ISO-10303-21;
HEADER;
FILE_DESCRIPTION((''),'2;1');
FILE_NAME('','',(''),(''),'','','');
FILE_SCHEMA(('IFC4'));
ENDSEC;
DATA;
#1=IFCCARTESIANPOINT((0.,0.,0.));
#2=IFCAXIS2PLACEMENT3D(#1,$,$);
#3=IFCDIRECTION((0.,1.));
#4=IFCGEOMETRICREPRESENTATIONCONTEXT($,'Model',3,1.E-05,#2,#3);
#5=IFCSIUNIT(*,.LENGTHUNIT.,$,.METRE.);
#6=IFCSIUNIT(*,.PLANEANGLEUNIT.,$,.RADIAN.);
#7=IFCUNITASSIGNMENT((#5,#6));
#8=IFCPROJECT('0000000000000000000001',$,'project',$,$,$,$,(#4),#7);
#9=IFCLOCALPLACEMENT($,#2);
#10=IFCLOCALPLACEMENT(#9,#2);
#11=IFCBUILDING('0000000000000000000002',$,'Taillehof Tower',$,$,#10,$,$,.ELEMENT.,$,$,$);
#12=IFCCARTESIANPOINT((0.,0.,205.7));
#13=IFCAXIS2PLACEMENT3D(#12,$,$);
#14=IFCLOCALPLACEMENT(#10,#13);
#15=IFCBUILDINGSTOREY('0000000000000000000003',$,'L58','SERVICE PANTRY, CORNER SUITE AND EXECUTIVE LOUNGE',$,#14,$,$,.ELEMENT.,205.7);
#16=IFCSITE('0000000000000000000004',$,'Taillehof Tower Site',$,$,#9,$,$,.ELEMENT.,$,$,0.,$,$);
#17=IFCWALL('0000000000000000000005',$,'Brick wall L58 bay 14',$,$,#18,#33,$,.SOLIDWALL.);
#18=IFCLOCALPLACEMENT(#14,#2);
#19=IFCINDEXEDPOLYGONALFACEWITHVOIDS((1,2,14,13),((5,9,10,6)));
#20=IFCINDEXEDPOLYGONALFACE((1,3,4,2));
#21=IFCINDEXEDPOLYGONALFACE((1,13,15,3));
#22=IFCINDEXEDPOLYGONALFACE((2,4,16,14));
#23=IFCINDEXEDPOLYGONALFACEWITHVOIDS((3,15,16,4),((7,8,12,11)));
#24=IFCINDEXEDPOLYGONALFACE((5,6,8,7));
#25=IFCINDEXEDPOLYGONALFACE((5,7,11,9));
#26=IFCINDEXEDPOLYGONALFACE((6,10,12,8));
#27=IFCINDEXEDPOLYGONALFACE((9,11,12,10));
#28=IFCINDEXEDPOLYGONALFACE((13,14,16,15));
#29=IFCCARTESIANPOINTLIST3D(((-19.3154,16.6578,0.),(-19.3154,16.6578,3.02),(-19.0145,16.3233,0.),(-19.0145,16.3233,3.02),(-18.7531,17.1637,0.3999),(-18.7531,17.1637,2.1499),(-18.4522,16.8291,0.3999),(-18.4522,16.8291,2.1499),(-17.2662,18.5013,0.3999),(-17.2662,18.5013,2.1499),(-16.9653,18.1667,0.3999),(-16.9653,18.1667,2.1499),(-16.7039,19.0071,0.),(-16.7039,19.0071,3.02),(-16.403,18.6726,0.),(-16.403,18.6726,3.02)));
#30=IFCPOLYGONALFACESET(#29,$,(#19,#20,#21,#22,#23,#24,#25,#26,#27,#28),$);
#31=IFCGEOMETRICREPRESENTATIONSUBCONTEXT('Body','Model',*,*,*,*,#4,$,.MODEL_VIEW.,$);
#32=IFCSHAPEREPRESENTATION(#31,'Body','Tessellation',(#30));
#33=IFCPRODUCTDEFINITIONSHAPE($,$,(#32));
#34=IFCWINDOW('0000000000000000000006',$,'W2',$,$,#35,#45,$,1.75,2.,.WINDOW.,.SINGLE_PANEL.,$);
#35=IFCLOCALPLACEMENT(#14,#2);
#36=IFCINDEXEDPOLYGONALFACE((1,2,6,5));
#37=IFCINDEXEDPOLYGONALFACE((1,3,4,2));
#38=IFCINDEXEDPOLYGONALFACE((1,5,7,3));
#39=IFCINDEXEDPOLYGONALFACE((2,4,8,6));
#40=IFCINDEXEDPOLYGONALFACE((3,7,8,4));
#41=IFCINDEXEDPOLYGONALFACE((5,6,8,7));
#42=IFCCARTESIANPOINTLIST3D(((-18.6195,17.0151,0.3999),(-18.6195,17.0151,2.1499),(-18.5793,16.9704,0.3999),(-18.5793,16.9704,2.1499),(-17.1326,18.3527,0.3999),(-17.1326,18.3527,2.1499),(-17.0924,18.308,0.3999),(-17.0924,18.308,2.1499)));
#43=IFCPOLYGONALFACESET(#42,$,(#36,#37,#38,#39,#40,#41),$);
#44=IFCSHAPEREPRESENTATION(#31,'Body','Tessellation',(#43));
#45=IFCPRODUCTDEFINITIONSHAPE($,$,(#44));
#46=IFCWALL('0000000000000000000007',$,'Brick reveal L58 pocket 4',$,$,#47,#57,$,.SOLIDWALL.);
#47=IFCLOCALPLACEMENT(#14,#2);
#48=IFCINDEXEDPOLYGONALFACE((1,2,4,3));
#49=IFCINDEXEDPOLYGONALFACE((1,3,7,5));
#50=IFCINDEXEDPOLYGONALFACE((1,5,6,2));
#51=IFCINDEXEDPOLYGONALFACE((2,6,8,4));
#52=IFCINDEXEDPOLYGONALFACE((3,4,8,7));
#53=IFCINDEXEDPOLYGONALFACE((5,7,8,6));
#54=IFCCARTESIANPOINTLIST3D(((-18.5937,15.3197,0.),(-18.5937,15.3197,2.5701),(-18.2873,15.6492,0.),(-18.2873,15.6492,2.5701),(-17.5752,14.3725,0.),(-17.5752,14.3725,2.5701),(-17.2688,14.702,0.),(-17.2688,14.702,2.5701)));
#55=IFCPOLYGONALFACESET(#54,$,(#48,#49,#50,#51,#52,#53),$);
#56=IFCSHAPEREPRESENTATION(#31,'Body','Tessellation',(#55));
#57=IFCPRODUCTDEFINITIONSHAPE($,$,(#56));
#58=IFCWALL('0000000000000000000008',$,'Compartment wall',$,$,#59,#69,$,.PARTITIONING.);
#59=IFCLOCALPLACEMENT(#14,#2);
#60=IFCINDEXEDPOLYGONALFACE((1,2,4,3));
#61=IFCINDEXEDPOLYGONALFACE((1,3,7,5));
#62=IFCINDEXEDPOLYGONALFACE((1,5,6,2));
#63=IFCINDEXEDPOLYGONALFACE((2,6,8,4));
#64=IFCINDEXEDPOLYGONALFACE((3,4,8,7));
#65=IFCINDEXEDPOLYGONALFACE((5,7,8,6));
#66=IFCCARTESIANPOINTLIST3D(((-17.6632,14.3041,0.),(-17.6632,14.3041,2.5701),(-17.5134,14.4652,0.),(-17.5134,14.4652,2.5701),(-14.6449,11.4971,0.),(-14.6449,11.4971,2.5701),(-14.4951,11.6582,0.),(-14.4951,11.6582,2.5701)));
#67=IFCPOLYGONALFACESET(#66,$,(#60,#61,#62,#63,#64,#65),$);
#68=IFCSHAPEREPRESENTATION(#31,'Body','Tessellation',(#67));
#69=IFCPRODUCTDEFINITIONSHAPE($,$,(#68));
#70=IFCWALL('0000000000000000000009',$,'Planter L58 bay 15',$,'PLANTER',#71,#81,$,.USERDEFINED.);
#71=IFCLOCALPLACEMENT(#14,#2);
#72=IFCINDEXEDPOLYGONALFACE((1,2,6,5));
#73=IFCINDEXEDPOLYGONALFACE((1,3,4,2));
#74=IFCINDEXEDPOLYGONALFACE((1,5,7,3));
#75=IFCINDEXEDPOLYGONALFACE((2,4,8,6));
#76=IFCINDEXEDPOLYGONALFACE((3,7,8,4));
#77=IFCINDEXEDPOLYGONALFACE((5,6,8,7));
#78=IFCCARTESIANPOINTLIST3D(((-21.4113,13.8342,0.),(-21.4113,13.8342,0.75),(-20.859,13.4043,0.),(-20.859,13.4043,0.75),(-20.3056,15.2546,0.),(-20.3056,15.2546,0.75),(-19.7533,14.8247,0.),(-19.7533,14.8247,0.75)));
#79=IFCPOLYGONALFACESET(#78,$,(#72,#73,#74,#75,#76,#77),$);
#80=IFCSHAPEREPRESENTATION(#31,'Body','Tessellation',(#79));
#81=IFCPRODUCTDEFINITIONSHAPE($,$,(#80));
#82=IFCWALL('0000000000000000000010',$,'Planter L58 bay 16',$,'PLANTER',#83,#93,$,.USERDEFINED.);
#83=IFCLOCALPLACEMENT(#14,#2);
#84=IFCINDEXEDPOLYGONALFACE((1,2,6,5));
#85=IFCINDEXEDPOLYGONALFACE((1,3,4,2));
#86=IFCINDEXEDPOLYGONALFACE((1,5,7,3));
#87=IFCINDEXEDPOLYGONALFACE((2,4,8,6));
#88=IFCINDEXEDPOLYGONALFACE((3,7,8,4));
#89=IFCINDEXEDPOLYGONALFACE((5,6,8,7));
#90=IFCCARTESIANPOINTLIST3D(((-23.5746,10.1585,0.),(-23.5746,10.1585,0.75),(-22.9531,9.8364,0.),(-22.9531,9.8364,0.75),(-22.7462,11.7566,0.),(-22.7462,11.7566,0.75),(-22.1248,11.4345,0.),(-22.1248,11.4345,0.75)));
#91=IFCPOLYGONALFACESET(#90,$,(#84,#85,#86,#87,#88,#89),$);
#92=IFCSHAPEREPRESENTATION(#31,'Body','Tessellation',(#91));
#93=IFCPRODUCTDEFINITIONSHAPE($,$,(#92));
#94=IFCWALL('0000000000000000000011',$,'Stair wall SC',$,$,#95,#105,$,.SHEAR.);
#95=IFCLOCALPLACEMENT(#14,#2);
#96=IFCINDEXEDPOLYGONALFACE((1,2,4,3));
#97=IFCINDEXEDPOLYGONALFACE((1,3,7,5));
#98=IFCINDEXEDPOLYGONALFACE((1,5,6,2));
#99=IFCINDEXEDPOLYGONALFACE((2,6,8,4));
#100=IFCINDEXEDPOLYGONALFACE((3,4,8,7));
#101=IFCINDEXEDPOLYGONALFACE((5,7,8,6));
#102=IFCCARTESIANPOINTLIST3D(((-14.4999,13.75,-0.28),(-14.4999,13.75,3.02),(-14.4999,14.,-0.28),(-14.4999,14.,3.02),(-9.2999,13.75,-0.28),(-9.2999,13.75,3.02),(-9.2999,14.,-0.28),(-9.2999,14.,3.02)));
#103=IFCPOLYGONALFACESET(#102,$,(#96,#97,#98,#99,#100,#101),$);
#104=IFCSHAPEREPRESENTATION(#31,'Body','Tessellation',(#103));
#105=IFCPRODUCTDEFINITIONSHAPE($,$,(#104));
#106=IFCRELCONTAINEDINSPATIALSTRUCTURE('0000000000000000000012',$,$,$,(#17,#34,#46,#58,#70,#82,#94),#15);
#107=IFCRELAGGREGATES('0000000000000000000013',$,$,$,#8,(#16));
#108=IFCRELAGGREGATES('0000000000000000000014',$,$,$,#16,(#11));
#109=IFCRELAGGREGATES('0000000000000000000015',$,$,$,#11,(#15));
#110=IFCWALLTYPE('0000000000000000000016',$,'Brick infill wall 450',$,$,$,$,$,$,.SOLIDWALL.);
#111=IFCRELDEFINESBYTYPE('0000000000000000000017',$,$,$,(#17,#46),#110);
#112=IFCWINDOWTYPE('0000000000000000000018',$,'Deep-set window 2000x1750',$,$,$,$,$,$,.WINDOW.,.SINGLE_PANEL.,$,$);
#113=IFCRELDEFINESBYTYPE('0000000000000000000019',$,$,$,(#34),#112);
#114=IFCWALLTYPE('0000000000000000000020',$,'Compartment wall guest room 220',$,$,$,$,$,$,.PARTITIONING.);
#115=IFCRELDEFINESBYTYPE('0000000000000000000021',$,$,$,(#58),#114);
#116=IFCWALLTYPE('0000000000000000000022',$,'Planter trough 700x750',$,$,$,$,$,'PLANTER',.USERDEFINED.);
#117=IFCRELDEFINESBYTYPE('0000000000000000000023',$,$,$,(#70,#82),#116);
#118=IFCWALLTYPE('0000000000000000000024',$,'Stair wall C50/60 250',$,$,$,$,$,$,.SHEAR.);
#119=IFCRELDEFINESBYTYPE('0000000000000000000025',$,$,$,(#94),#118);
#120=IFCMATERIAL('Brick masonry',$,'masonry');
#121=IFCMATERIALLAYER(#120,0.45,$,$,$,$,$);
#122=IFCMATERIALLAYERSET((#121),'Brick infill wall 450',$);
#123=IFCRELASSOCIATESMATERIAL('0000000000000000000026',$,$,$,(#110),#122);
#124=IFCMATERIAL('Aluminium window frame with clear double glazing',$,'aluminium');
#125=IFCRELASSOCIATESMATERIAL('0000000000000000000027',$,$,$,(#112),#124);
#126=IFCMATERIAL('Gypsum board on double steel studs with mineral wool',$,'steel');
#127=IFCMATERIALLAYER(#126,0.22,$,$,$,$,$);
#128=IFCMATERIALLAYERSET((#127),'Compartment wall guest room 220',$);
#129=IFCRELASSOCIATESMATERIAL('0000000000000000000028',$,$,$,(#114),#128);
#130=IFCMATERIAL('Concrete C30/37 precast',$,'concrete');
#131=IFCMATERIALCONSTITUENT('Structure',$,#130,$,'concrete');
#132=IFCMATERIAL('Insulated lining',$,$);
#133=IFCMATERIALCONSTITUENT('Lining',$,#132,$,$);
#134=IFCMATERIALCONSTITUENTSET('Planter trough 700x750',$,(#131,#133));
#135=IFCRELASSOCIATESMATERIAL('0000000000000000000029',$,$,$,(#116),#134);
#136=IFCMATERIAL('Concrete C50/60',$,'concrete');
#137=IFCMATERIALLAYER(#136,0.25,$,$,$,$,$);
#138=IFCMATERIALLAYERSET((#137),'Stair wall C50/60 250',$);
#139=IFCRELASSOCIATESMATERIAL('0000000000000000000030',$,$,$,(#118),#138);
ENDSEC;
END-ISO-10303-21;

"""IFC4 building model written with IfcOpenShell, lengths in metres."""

from ifc_helpers import new_model, si_unit, direction, frame, frame_2d, origin, place, context, subcontext, project, spatial, rectangle, extrude, material, layer, layer_set, constituent, constituent_set, type_object, element, fill, save


model = new_model("IFC4")

# Units and contexts
model_context = context("Model", 3, precision=1e-05, world=origin(), true_north=direction((0.0, 1.0)))
body_context = subcontext(model_context, "Body", "Model", "MODEL_VIEW")
ifc_project = project(units=[si_unit("LENGTHUNIT", "METRE"), si_unit("PLANEANGLEUNIT", "RADIAN")], contexts=[model_context])

# Site, building, storey
site_placement = place(None, origin())
site = spatial("IfcSite", under=ifc_project, at=site_placement, Name="Taillehof Tower Site", CompositionType="ELEMENT", RefElevation=0.0)
building_placement = place(site_placement, origin())
building = spatial("IfcBuilding", under=site, at=building_placement, Name="Taillehof Tower", CompositionType="ELEMENT")
storey_placement = place(building_placement, frame((0.0, 0.0, 205.7)))
storey = spatial("IfcBuildingStorey", under=building, at=storey_placement, Name="L58", Description="SERVICE PANTRY, CORNER SUITE AND EXECUTIVE LOUNGE", CompositionType="ELEMENT", Elevation=205.7)

# Wall, opening, window
ifc_material_1 = material(Name="Brick masonry", Category="masonry")
ifc_layer_1 = layer(ifc_material_1, 0.45)
ifc_layer_set_1 = layer_set([ifc_layer_1], Name="Brick infill wall 450")
wall_type_1 = type_object("IfcWallType", Name="Brick infill wall 450", PredefinedType="SOLIDWALL", material=ifc_layer_set_1)
ifc_material_2 = material(Name="Aluminium window frame with clear double glazing", Category="aluminium")
window_type_1 = type_object("IfcWindowType", Name="Deep-set window 2000x1750", PartitioningType="SINGLE_PANEL", PredefinedType="WINDOW", material=ifc_material_2)
wall_1_placement = place(storey_placement, frame((-16.5535, 18.8398, 0.0), z_axis=(0.0, 0.0, 1.0), x_axis=(-0.743443, -0.6688, 0.0)))
wall_1 = element("IfcWall", 1, at=wall_1_placement, inside=storey, type_object=wall_type_1, Name="Brick wall L58 bay 14", PredefinedType="SOLIDWALL", context=body_context, shape_type="SweptSolid", body=[
    extrude(rectangle(XDim=3.5127, YDim=0.45, at=frame_2d((1.7563, 0.0))), origin(), (0.0, 0.0, 1.0), 3.02),
])
opening_1_placement = place(wall_1_placement, frame((0.7563, 0.0, 0.3999)))
opening_1 = element("IfcOpeningElement", 2, at=opening_1_placement, cuts=wall_1, PredefinedType="OPENING", context=body_context, shape_type="SweptSolid", body=[
    extrude(rectangle(XDim=2.0, YDim=1.75, at=frame_2d((1.0, 0.875))), frame((0.0, 0.2349, 0.0), z_axis=(0.0, -1.0, 0.0), x_axis=(1.0, 0.0, 0.0)), (0.0, 0.0, 1.0), 0.47),
])
window_1_placement = place(opening_1_placement, origin())
window_1 = element("IfcWindow", 3, at=window_1_placement, inside=storey, type_object=window_type_1, Name="W2", OverallHeight=1.75, OverallWidth=2.0, PartitioningType="SINGLE_PANEL", PredefinedType="WINDOW", context=body_context, shape_type="SweptSolid", body=[
    extrude(rectangle(XDim=2.0, YDim=1.75, at=frame_2d((1.0, 0.875))), frame((0.0, 0.0349, 0.0), z_axis=(0.0, -1.0, 0.0), x_axis=(1.0, 0.0, 0.0)), (0.0, 0.0, 1.0), 0.0601),
])
fill(opening_1, window_1)

# Wall
wall_2_placement = place(storey_placement, frame((-18.4404, 15.4844, 0.0), z_axis=(0.0, 0.0, 1.0), x_axis=(0.732268, -0.681016, 0.0)))
element("IfcWall", 4, at=wall_2_placement, inside=storey, type_object=wall_type_1, Name="Brick reveal L58 pocket 4", PredefinedType="SOLIDWALL", context=body_context, shape_type="SweptSolid", body=[
    extrude(rectangle(XDim=1.3909, YDim=0.45, at=frame_2d((0.6953, 0.0))), origin(), (0.0, 0.0, 1.0), 2.5701),
])

# Walls
ifc_material_3 = material(Name="Gypsum board on double steel studs with mineral wool", Category="steel")
ifc_layer_2 = layer(ifc_material_3, 0.22)
ifc_layer_set_2 = layer_set([ifc_layer_2], Name="Compartment wall guest room 220")
wall_type_2 = type_object("IfcWallType", Name="Compartment wall guest room 220", PredefinedType="PARTITIONING", material=ifc_layer_set_2)
wall_3_placement = place(storey_placement, frame((-17.5884, 14.3848, 0.0), z_axis=(0.0, 0.0, 1.0), x_axis=(0.73226, -0.681026, 0.0)))
element("IfcWall", 5, at=wall_3_placement, inside=storey, type_object=wall_type_2, Name="Compartment wall", PredefinedType="PARTITIONING", context=body_context, shape_type="SweptSolid", body=[
    extrude(rectangle(XDim=4.1218, YDim=0.22, at=frame_2d((2.061, 0.0))), origin(), (0.0, 0.0, 1.0), 2.5701),
])
ifc_material_4 = material(Name="Concrete C30/37 precast", Category="concrete")
ifc_constituent_1 = constituent(ifc_material_4, Name="Structure", Category="concrete")
ifc_material_5 = material(Name="Insulated lining")
ifc_constituent_2 = constituent(ifc_material_5, Name="Lining")
ifc_constituent_set = constituent_set(constituents=[ifc_constituent_1, ifc_constituent_2], Name="Planter trough 700x750")
wall_type_3 = type_object("IfcWallType", Name="Planter trough 700x750", ElementType="PLANTER", PredefinedType="USERDEFINED", material=ifc_constituent_set)
for number, where, z_axis, x_axis, name in (
    (6, (-20.0295, 15.0396, 0.0), (0.0, 0.0, 1.0), (-0.614269, -0.789097, 0.0), "Planter L58 bay 15"),
    (7, (-22.4355, 11.5955, 0.0), (0.0, 0.0, 1.0), (-0.460187, -0.887822, 0.0), "Planter L58 bay 16"),
):
    element("IfcWall", number, at=place(storey_placement, frame(where, z_axis=z_axis, x_axis=x_axis)), inside=storey, type_object=wall_type_3, Name=name, ObjectType="PLANTER", PredefinedType="USERDEFINED", context=body_context, shape_type="SweptSolid", body=[
        extrude(rectangle(XDim=1.8, YDim=0.7, at=frame_2d((0.8999, 0.0))), origin(), (0.0, 0.0, 1.0), 0.75),
    ])
ifc_material_6 = material(Name="Concrete C50/60", Category="concrete")
ifc_layer_3 = layer(ifc_material_6, 0.25)
ifc_layer_set_3 = layer_set([ifc_layer_3], Name="Stair wall C50/60 250")
wall_type_4 = type_object("IfcWallType", Name="Stair wall C50/60 250", PredefinedType="SHEAR", material=ifc_layer_set_3)
wall_4_placement = place(storey_placement, frame((-14.5, 13.875, -0.28), z_axis=(0.0, 0.0, 1.0), x_axis=(1.0, 0.0, 0.0)))
element("IfcWall", 8, at=wall_4_placement, inside=storey, type_object=wall_type_4, Name="Stair wall SC", PredefinedType="SHEAR", context=body_context, shape_type="SweptSolid", body=[
    extrude(rectangle(XDim=5.2, YDim=0.25, at=frame_2d((2.6001, 0.0))), origin(), (0.0, 0.0, 1.0), 3.3),
])

save(model, "model.ifc")
